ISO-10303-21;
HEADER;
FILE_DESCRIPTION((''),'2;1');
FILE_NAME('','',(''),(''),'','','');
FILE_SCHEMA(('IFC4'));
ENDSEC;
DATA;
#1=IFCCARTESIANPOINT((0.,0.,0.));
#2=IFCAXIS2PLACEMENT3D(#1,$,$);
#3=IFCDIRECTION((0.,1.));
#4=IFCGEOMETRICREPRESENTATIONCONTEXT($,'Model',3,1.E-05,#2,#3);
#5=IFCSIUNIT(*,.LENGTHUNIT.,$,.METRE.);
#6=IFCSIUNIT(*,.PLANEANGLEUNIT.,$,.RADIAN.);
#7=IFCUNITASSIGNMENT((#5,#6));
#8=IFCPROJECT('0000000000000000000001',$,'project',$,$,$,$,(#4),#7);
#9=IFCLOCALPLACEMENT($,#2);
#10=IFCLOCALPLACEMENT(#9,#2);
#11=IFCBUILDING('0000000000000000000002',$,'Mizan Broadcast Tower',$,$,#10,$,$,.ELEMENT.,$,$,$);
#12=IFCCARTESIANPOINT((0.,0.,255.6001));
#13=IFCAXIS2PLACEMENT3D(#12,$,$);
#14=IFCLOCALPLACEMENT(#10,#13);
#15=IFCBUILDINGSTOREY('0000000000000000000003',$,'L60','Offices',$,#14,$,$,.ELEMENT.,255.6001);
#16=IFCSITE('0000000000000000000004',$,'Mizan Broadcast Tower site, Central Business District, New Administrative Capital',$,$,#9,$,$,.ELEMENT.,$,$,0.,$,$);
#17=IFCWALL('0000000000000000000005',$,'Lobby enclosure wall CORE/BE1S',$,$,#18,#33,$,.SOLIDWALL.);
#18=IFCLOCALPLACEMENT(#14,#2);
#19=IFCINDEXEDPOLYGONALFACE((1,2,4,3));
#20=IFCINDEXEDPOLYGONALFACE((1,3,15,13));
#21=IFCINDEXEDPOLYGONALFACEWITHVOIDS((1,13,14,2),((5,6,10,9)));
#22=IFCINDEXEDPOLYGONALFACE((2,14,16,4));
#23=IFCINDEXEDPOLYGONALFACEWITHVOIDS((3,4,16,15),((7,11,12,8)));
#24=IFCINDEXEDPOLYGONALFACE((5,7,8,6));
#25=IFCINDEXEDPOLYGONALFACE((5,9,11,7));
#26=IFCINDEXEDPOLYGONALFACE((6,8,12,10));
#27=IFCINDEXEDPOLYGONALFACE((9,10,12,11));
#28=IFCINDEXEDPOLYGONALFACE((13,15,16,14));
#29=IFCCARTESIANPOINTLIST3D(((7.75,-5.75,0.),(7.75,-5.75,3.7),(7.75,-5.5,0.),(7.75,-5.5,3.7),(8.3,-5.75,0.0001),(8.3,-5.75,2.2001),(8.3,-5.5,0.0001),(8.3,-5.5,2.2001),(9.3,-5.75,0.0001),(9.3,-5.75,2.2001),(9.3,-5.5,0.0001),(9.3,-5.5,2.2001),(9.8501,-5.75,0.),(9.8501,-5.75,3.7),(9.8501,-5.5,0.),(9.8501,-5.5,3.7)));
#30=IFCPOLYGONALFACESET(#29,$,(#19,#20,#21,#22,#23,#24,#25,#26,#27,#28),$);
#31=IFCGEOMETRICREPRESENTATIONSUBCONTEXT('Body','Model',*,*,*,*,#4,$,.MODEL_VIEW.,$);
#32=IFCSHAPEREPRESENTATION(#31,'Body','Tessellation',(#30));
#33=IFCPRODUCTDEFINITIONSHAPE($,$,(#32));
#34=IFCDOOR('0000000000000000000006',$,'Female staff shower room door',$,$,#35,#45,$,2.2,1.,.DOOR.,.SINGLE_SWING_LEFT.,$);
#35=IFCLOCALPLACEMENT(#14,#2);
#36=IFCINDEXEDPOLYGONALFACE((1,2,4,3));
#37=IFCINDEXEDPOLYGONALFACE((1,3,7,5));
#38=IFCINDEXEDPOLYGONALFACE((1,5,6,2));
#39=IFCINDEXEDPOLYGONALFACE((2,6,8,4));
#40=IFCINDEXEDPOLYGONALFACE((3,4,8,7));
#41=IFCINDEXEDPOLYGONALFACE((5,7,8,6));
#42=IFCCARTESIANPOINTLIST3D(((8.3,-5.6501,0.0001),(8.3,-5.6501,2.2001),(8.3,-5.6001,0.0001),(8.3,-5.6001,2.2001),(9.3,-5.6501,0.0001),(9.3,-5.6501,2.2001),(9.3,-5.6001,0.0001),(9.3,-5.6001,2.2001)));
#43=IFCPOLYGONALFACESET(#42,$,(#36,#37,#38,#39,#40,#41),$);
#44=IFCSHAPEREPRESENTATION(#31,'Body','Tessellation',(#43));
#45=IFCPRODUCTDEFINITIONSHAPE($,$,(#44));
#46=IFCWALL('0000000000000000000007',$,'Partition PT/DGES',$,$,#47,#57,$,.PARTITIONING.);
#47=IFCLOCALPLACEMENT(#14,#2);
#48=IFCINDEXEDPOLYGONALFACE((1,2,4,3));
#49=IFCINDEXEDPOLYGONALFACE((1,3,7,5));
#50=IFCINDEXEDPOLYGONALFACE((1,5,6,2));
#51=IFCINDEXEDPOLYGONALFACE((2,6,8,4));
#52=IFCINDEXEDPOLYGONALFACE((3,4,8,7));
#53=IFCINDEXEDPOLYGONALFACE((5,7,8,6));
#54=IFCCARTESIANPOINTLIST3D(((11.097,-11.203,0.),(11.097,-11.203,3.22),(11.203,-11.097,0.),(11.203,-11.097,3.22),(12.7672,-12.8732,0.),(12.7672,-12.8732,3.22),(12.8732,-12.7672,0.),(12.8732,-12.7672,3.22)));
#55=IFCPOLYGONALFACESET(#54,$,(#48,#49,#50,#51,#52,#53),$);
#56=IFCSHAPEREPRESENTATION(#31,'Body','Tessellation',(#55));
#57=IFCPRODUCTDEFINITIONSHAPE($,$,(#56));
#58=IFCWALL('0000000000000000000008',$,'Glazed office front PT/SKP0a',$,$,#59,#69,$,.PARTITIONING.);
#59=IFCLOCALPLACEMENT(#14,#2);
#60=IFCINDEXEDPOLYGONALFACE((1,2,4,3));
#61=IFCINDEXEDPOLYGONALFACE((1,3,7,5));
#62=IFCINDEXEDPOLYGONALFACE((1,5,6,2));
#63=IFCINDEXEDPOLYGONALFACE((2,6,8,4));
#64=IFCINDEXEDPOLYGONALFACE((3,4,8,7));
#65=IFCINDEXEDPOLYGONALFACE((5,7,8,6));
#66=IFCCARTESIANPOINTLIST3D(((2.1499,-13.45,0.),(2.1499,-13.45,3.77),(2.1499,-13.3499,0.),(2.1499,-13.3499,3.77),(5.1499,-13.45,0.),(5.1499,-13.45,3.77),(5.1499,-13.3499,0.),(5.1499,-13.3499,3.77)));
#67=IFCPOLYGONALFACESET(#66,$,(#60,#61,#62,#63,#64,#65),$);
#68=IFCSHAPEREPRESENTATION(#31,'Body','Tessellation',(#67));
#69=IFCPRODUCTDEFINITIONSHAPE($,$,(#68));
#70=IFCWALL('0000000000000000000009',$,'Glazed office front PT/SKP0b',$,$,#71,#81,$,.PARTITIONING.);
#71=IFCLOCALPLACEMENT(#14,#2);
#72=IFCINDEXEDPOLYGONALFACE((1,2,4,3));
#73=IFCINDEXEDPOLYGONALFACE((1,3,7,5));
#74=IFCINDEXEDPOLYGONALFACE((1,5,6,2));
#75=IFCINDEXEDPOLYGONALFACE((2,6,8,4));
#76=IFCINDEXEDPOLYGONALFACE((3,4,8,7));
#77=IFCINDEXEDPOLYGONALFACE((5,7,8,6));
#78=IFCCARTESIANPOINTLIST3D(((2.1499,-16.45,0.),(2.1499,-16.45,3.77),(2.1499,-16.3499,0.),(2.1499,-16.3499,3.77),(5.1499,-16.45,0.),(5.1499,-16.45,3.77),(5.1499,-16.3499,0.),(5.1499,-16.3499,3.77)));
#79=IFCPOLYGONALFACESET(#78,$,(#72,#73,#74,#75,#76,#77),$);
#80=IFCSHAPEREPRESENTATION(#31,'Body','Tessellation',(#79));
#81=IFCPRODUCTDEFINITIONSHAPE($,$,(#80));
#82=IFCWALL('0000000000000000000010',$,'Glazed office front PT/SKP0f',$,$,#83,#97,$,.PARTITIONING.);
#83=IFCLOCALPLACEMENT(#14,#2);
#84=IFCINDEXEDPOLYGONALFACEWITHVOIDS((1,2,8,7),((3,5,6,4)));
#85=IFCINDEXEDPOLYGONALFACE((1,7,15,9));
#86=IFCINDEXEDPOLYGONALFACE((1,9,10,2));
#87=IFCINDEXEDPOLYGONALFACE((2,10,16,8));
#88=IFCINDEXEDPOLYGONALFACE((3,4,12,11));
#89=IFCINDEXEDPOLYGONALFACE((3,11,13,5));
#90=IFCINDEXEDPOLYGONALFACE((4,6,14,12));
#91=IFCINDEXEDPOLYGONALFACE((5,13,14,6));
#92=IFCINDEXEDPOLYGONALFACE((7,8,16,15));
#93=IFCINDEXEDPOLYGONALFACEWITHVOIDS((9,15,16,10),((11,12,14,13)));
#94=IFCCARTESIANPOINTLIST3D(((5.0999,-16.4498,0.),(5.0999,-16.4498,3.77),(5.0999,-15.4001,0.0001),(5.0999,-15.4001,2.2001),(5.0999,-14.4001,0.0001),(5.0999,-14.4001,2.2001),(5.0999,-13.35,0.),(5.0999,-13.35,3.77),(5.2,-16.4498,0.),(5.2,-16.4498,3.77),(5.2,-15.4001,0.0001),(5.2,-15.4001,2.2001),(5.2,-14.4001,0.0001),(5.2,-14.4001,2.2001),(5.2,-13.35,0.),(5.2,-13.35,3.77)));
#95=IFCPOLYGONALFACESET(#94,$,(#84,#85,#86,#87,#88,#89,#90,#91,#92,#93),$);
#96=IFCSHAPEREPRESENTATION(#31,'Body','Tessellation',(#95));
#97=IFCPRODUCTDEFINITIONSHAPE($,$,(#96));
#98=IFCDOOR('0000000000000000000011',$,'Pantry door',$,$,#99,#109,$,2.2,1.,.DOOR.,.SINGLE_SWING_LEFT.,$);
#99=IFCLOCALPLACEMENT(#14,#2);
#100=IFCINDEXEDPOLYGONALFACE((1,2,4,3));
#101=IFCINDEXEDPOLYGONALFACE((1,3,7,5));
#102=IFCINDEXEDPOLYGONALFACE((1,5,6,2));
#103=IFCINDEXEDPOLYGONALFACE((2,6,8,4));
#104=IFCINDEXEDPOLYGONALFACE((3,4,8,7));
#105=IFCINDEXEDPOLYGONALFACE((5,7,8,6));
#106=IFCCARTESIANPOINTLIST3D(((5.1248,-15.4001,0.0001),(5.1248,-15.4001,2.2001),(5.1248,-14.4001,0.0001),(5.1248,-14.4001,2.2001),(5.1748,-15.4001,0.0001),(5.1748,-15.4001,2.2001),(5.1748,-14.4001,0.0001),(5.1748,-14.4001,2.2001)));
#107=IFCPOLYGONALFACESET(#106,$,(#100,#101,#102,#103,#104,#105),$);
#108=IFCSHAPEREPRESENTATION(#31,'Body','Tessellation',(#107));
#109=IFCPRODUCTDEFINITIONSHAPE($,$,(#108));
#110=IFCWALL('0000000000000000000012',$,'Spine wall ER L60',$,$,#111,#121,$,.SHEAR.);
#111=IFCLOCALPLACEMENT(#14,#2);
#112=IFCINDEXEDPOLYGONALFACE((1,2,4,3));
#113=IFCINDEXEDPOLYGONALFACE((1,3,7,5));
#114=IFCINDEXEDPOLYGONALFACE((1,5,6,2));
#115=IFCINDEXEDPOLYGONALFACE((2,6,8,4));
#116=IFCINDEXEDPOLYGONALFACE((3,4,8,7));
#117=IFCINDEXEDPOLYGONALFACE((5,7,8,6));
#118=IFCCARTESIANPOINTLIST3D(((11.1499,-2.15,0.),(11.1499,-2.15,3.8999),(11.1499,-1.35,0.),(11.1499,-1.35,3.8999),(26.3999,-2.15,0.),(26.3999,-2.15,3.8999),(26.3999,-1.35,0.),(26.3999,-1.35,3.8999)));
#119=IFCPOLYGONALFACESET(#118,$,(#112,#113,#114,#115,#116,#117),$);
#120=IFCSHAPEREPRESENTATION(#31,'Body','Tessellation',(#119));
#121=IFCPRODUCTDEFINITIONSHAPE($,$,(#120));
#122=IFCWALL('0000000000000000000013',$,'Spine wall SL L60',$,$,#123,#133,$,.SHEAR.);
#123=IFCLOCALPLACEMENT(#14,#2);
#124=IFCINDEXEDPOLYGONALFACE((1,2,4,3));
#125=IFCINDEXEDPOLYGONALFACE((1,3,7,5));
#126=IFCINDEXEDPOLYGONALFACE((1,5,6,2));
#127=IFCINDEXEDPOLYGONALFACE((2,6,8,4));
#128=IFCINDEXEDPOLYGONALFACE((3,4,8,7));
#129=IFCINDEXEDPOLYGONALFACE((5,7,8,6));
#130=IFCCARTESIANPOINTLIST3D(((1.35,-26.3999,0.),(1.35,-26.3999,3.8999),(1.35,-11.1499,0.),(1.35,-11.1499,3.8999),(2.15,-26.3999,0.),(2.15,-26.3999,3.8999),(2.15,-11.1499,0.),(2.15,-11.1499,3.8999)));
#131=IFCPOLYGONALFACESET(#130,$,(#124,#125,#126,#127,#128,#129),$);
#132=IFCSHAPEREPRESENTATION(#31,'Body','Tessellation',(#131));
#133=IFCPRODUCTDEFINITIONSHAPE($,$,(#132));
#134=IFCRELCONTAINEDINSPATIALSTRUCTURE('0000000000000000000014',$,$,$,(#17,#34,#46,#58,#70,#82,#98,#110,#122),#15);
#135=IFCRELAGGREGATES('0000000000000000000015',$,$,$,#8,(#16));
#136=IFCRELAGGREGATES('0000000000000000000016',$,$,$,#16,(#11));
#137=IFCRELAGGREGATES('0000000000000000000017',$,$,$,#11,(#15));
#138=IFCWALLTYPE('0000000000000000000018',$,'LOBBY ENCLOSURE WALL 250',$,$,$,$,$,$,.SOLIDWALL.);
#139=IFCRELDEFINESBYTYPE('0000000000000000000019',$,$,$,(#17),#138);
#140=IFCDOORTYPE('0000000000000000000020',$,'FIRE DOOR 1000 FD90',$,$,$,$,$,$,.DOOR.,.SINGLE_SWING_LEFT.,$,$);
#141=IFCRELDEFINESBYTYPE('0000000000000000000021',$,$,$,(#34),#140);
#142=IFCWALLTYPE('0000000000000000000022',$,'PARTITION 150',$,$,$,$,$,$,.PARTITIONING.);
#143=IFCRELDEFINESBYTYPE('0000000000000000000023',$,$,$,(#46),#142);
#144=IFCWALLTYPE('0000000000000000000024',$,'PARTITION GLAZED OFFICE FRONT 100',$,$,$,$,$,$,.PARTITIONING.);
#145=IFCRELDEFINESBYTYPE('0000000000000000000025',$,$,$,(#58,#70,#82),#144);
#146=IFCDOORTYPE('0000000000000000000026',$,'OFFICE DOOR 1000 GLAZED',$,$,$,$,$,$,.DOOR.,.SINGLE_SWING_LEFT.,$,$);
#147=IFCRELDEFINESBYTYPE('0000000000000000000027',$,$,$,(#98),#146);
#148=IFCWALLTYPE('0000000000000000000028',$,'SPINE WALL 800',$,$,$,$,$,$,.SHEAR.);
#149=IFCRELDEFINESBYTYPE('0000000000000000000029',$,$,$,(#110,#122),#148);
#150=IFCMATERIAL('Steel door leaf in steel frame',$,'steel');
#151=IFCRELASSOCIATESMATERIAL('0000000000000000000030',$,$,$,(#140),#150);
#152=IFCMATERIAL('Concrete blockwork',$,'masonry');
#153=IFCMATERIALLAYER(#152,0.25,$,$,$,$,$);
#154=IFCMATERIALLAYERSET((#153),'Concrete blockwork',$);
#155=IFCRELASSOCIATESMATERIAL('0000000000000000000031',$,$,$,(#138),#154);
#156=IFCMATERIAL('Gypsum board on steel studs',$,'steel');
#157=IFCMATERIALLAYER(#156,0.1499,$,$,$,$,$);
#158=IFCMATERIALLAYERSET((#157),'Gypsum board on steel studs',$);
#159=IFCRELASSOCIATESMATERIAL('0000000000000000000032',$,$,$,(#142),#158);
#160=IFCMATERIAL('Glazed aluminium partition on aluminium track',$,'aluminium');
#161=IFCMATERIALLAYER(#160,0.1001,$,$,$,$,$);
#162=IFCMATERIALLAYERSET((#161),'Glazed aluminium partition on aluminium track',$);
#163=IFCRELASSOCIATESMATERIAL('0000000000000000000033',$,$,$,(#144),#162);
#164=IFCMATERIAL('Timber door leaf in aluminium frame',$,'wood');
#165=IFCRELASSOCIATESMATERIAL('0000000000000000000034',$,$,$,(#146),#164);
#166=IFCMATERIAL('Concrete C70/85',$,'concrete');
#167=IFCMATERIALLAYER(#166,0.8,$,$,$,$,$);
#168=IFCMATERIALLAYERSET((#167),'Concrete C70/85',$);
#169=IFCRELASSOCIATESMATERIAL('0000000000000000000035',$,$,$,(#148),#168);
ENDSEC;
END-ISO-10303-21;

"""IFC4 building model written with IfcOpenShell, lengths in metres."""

from ifc_helpers import new_model, si_unit, direction, frame, frame_2d, origin, place, context, subcontext, project, spatial, rectangle, extrude, material, layer, layer_set, type_object, element, fill, save


model = new_model("IFC4")

# Units and contexts
model_context = context("Model", 3, precision=1e-05, world=origin(), true_north=direction((0.0, 1.0)))
body_context = subcontext(model_context, "Body", "Model", "MODEL_VIEW")
ifc_project = project(units=[si_unit("LENGTHUNIT", "METRE"), si_unit("PLANEANGLEUNIT", "RADIAN")], contexts=[model_context])

# Site, building, storey
site_placement = place(None, origin())
site = spatial("IfcSite", under=ifc_project, at=site_placement, Name="Mizan Broadcast Tower site, Central Business District, New Administrative Capital", CompositionType="ELEMENT", RefElevation=0.0)
building_placement = place(site_placement, origin())
building = spatial("IfcBuilding", under=site, at=building_placement, Name="Mizan Broadcast Tower", CompositionType="ELEMENT")
storey_placement = place(building_placement, frame((0.0, 0.0, 255.6001)))
storey = spatial("IfcBuildingStorey", under=building, at=storey_placement, Name="L60", Description="Offices", CompositionType="ELEMENT", Elevation=255.6001)

# Shared definitions
ifc_material_1 = material(Name="Steel door leaf in steel frame", Category="steel")
door_type_1 = type_object("IfcDoorType", Name="FIRE DOOR 1000 FD90", OperationType="SINGLE_SWING_LEFT", PredefinedType="DOOR", material=ifc_material_1)

# Shared definitions
ifc_material_2 = material(Name="Concrete blockwork", Category="masonry")
ifc_layer_1 = layer(ifc_material_2, 0.25)
ifc_layer_set_1 = layer_set([ifc_layer_1], Name="Concrete blockwork")
wall_type_1 = type_object("IfcWallType", Name="LOBBY ENCLOSURE WALL 250", PredefinedType="SOLIDWALL", material=ifc_layer_set_1)

# Wall, opening, door
wall_1_placement = place(storey_placement, frame((7.75, -5.625, 0.0), z_axis=(0.0, 0.0, 1.0), x_axis=(1.0, 0.0, 0.0)))
wall_1 = element("IfcWall", 1, at=wall_1_placement, inside=storey, type_object=wall_type_1, Name="Lobby enclosure wall CORE/BE1S", PredefinedType="SOLIDWALL", context=body_context, shape_type="SweptSolid", body=[
    extrude(rectangle(XDim=2.1001, YDim=0.25, at=frame_2d((1.05, 0.0))), origin(), (0.0, 0.0, 1.0), 3.7),
])
opening_1_placement = place(wall_1_placement, frame((0.55, 0.0, 0.0)))
opening_1 = element("IfcOpeningElement", 2, at=opening_1_placement, cuts=wall_1, PredefinedType="OPENING", context=body_context, shape_type="SweptSolid", body=[
    extrude(rectangle(XDim=1.0, YDim=2.2, at=frame_2d((0.5, 1.1001))), frame((0.0, 0.135, 0.0), z_axis=(0.0, -1.0, 0.0), x_axis=(1.0, 0.0, 0.0)), (0.0, 0.0, 1.0), 0.27),
])
door_1_placement = place(opening_1_placement, origin())
door_1 = element("IfcDoor", 3, at=door_1_placement, inside=storey, type_object=door_type_1, Name="Female staff shower room door", OperationType="SINGLE_SWING_LEFT", OverallHeight=2.2, OverallWidth=1.0, PredefinedType="DOOR", context=body_context, shape_type="SweptSolid", body=[
    extrude(rectangle(XDim=1.0, YDim=2.2, at=frame_2d((0.5, 1.1001))), frame((0.0, 0.0249, 0.0), z_axis=(0.0, -1.0, 0.0), x_axis=(1.0, 0.0, 0.0)), (0.0, 0.0, 1.0), 0.05),
])
fill(opening_1, door_1)

# Walls
ifc_material_3 = material(Name="Gypsum board on steel studs", Category="steel")
ifc_layer_2 = layer(ifc_material_3, 0.1499)
ifc_layer_set_2 = layer_set([ifc_layer_2], Name="Gypsum board on steel studs")
wall_type_2 = type_object("IfcWallType", Name="PARTITION 150", PredefinedType="PARTITIONING", material=ifc_layer_set_2)
wall_2_placement = place(storey_placement, frame((11.1499, -11.1499, 0.0), z_axis=(0.0, 0.0, 1.0), x_axis=(0.707107, -0.707107, 0.0)))
element("IfcWall", 4, at=wall_2_placement, inside=storey, type_object=wall_type_2, Name="Partition PT/DGES", PredefinedType="PARTITIONING", context=body_context, shape_type="SweptSolid", body=[
    extrude(rectangle(XDim=2.3621, YDim=0.1499, at=frame_2d((1.1812, 0.0))), origin(), (0.0, 0.0, 1.0), 3.22),
])
ifc_material_4 = material(Name="Glazed aluminium partition on aluminium track", Category="aluminium")
ifc_layer_3 = layer(ifc_material_4, 0.1001)
ifc_layer_set_3 = layer_set([ifc_layer_3], Name="Glazed aluminium partition on aluminium track")
wall_type_3 = type_object("IfcWallType", Name="PARTITION GLAZED OFFICE FRONT 100", PredefinedType="PARTITIONING", material=ifc_layer_set_3)
for number, where, z_axis, x_axis, name in (
    (5, (2.1499, -13.3999, 0.0), (0.0, 0.0, 1.0), (1.0, 0.0, 0.0), "Glazed office front PT/SKP0a"),
    (6, (2.1499, -16.3999, 0.0), (0.0, 0.0, 1.0), (1.0, 0.0, 0.0), "Glazed office front PT/SKP0b"),
):
    element("IfcWall", number, at=place(storey_placement, frame(where, z_axis=z_axis, x_axis=x_axis)), inside=storey, type_object=wall_type_3, Name=name, PredefinedType="PARTITIONING", context=body_context, shape_type="SweptSolid", body=[
        extrude(rectangle(XDim=3.0, YDim=0.1001, at=frame_2d((1.5, 0.0))), origin(), (0.0, 0.0, 1.0), 3.77),
    ])

# Wall, opening, door
wall_3_placement = place(storey_placement, frame((5.1499, -13.3501, 0.0), z_axis=(0.0, 0.0, 1.0), x_axis=(0.0, -1.0, 0.0)))
wall_3 = element("IfcWall", 7, at=wall_3_placement, inside=storey, type_object=wall_type_3, Name="Glazed office front PT/SKP0f", PredefinedType="PARTITIONING", context=body_context, shape_type="SweptSolid", body=[
    extrude(rectangle(XDim=3.0999, YDim=0.1001, at=frame_2d((1.5498, 0.0))), origin(), (0.0, 0.0, 1.0), 3.77),
])
opening_2_placement = place(wall_3_placement, frame((1.05, 0.0, 0.0)))
opening_2 = element("IfcOpeningElement", 8, at=opening_2_placement, cuts=wall_3, PredefinedType="OPENING", context=body_context, shape_type="SweptSolid", body=[
    extrude(rectangle(XDim=1.0, YDim=2.2, at=frame_2d((0.5, 1.1001))), frame((0.0, 0.0601, 0.0), z_axis=(0.0, -1.0, 0.0), x_axis=(1.0, 0.0, 0.0)), (0.0, 0.0, 1.0), 0.1201),
])
ifc_material_5 = material(Name="Timber door leaf in aluminium frame", Category="wood")
door_type_2 = type_object("IfcDoorType", Name="OFFICE DOOR 1000 GLAZED", OperationType="SINGLE_SWING_LEFT", PredefinedType="DOOR", material=ifc_material_5)
door_2_placement = place(opening_2_placement, origin())
door_2 = element("IfcDoor", 9, at=door_2_placement, inside=storey, type_object=door_type_2, Name="Pantry door", OperationType="SINGLE_SWING_LEFT", OverallHeight=2.2, OverallWidth=1.0, PredefinedType="DOOR", context=body_context, shape_type="SweptSolid", body=[
    extrude(rectangle(XDim=1.0, YDim=2.2, at=frame_2d((0.5, 1.1001))), frame((0.0, 0.0249, 0.0), z_axis=(0.0, -1.0, 0.0), x_axis=(1.0, 0.0, 0.0)), (0.0, 0.0, 1.0), 0.05),
])
fill(opening_2, door_2)

# Walls
ifc_material_6 = material(Name="Concrete C70/85", Category="concrete")
ifc_layer_4 = layer(ifc_material_6, 0.8)
ifc_layer_set_4 = layer_set([ifc_layer_4], Name="Concrete C70/85")
wall_type_4 = type_object("IfcWallType", Name="SPINE WALL 800", PredefinedType="SHEAR", material=ifc_layer_set_4)
for number, where, z_axis, x_axis, name in (
    (10, (11.1499, -1.75, 0.0), (0.0, 0.0, 1.0), (1.0, 0.0, 0.0), "Spine wall ER L60"),
    (11, (1.75, -11.1499, 0.0), (0.0, 0.0, 1.0), (0.0, -1.0, 0.0), "Spine wall SL L60"),
):
    element("IfcWall", number, at=place(storey_placement, frame(where, z_axis=z_axis, x_axis=x_axis)), inside=storey, type_object=wall_type_4, Name=name, PredefinedType="SHEAR", context=body_context, shape_type="SweptSolid", body=[
        extrude(rectangle(XDim=15.25, YDim=0.8, at=frame_2d((7.625, 0.0))), origin(), (0.0, 0.0, 1.0), 3.8999),
    ])

save(model, "model.ifc")
